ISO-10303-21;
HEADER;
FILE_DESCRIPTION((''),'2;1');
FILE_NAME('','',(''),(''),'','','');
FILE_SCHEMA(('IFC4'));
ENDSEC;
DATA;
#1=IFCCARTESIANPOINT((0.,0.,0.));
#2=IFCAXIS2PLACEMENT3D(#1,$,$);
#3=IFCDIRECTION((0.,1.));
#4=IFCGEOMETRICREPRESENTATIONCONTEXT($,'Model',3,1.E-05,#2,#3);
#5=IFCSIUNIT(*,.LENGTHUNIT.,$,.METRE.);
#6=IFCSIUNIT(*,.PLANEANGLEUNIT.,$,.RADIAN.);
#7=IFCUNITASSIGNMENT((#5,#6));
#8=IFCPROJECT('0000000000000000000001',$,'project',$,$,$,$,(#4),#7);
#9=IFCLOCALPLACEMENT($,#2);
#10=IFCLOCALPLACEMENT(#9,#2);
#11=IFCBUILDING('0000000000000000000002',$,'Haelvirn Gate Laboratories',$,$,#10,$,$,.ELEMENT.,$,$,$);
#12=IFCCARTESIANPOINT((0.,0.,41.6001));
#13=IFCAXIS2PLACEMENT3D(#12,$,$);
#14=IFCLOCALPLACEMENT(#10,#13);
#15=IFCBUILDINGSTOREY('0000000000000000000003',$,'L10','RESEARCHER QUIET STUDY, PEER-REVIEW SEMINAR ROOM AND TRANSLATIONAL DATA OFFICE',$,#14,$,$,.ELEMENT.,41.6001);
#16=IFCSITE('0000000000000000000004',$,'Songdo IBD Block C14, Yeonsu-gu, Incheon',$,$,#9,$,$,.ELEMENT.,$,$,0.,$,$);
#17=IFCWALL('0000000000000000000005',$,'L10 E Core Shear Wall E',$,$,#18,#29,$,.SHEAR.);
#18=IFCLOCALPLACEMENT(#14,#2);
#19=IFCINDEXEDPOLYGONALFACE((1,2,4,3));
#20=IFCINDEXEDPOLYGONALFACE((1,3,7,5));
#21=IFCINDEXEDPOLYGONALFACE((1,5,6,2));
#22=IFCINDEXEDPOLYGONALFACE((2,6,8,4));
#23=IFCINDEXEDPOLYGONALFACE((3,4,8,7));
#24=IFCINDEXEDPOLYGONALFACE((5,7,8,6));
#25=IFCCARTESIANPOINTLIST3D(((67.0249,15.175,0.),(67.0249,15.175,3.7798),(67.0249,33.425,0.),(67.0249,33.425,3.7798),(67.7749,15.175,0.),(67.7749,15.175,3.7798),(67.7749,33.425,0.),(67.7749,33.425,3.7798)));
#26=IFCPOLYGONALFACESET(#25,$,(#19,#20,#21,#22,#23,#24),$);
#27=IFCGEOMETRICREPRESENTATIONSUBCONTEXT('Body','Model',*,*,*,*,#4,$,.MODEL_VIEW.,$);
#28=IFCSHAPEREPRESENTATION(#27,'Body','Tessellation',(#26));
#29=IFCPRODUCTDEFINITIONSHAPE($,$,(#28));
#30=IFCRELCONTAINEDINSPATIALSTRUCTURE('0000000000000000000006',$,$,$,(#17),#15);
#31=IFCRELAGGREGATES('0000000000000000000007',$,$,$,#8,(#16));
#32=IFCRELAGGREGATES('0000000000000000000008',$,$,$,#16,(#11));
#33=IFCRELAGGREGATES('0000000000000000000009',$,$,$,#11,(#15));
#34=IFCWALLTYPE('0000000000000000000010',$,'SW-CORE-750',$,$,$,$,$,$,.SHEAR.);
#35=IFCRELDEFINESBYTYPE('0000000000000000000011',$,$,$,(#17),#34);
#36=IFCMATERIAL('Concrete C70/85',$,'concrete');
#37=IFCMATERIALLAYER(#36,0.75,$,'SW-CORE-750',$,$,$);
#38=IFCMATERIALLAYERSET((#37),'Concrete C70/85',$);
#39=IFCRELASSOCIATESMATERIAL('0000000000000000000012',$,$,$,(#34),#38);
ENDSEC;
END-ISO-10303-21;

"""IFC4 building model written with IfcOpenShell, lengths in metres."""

from ifc_helpers import new_model, si_unit, direction, frame, frame_2d, origin, place, context, subcontext, project, spatial, rectangle, extrude, material, layer, layer_set, type_object, element, save


model = new_model("IFC4")

# Units and contexts
model_context = context("Model", 3, precision=1e-05, world=origin(), true_north=direction((0.0, 1.0)))
body_context = subcontext(model_context, "Body", "Model", "MODEL_VIEW")
ifc_project = project(units=[si_unit("LENGTHUNIT", "METRE"), si_unit("PLANEANGLEUNIT", "RADIAN")], contexts=[model_context])

# Site, building, storey
site_placement = place(None, origin())
site = spatial("IfcSite", under=ifc_project, at=site_placement, Name="Songdo IBD Block C14, Yeonsu-gu, Incheon", CompositionType="ELEMENT", RefElevation=0.0)
building_placement = place(site_placement, origin())
building = spatial("IfcBuilding", under=site, at=building_placement, Name="Haelvirn Gate Laboratories", CompositionType="ELEMENT")
storey_placement = place(building_placement, frame((0.0, 0.0, 41.6001)))
storey = spatial("IfcBuildingStorey", under=building, at=storey_placement, Name="L10", Description="RESEARCHER QUIET STUDY, PEER-REVIEW SEMINAR ROOM AND TRANSLATIONAL DATA OFFICE", CompositionType="ELEMENT", Elevation=41.6001)

# Shared definitions
ifc_material_1 = material(Name="Concrete C70/85", Category="concrete")

# Wall
ifc_layer_1 = layer(ifc_material_1, 0.75, Name="SW-CORE-750")
ifc_layer_set_1 = layer_set([ifc_layer_1], Name="Concrete C70/85")
wall_type_1 = type_object("IfcWallType", Name="SW-CORE-750", PredefinedType="SHEAR", material=ifc_layer_set_1)
wall_1_placement = place(storey_placement, frame((67.3999, 15.175, 0.0), z_axis=(0.0, 0.0, 1.0), x_axis=(0.0, 1.0, 0.0)))
element("IfcWall", 1, at=wall_1_placement, inside=storey, type_object=wall_type_1, Name="L10 E Core Shear Wall E", PredefinedType="SHEAR", context=body_context, shape_type="SweptSolid", body=[
    extrude(rectangle(XDim=18.25, YDim=0.75, at=frame_2d((9.125, 0.0))), origin(), (0.0, 0.0, 1.0), 3.7798),
])

save(model, "model.ifc")
